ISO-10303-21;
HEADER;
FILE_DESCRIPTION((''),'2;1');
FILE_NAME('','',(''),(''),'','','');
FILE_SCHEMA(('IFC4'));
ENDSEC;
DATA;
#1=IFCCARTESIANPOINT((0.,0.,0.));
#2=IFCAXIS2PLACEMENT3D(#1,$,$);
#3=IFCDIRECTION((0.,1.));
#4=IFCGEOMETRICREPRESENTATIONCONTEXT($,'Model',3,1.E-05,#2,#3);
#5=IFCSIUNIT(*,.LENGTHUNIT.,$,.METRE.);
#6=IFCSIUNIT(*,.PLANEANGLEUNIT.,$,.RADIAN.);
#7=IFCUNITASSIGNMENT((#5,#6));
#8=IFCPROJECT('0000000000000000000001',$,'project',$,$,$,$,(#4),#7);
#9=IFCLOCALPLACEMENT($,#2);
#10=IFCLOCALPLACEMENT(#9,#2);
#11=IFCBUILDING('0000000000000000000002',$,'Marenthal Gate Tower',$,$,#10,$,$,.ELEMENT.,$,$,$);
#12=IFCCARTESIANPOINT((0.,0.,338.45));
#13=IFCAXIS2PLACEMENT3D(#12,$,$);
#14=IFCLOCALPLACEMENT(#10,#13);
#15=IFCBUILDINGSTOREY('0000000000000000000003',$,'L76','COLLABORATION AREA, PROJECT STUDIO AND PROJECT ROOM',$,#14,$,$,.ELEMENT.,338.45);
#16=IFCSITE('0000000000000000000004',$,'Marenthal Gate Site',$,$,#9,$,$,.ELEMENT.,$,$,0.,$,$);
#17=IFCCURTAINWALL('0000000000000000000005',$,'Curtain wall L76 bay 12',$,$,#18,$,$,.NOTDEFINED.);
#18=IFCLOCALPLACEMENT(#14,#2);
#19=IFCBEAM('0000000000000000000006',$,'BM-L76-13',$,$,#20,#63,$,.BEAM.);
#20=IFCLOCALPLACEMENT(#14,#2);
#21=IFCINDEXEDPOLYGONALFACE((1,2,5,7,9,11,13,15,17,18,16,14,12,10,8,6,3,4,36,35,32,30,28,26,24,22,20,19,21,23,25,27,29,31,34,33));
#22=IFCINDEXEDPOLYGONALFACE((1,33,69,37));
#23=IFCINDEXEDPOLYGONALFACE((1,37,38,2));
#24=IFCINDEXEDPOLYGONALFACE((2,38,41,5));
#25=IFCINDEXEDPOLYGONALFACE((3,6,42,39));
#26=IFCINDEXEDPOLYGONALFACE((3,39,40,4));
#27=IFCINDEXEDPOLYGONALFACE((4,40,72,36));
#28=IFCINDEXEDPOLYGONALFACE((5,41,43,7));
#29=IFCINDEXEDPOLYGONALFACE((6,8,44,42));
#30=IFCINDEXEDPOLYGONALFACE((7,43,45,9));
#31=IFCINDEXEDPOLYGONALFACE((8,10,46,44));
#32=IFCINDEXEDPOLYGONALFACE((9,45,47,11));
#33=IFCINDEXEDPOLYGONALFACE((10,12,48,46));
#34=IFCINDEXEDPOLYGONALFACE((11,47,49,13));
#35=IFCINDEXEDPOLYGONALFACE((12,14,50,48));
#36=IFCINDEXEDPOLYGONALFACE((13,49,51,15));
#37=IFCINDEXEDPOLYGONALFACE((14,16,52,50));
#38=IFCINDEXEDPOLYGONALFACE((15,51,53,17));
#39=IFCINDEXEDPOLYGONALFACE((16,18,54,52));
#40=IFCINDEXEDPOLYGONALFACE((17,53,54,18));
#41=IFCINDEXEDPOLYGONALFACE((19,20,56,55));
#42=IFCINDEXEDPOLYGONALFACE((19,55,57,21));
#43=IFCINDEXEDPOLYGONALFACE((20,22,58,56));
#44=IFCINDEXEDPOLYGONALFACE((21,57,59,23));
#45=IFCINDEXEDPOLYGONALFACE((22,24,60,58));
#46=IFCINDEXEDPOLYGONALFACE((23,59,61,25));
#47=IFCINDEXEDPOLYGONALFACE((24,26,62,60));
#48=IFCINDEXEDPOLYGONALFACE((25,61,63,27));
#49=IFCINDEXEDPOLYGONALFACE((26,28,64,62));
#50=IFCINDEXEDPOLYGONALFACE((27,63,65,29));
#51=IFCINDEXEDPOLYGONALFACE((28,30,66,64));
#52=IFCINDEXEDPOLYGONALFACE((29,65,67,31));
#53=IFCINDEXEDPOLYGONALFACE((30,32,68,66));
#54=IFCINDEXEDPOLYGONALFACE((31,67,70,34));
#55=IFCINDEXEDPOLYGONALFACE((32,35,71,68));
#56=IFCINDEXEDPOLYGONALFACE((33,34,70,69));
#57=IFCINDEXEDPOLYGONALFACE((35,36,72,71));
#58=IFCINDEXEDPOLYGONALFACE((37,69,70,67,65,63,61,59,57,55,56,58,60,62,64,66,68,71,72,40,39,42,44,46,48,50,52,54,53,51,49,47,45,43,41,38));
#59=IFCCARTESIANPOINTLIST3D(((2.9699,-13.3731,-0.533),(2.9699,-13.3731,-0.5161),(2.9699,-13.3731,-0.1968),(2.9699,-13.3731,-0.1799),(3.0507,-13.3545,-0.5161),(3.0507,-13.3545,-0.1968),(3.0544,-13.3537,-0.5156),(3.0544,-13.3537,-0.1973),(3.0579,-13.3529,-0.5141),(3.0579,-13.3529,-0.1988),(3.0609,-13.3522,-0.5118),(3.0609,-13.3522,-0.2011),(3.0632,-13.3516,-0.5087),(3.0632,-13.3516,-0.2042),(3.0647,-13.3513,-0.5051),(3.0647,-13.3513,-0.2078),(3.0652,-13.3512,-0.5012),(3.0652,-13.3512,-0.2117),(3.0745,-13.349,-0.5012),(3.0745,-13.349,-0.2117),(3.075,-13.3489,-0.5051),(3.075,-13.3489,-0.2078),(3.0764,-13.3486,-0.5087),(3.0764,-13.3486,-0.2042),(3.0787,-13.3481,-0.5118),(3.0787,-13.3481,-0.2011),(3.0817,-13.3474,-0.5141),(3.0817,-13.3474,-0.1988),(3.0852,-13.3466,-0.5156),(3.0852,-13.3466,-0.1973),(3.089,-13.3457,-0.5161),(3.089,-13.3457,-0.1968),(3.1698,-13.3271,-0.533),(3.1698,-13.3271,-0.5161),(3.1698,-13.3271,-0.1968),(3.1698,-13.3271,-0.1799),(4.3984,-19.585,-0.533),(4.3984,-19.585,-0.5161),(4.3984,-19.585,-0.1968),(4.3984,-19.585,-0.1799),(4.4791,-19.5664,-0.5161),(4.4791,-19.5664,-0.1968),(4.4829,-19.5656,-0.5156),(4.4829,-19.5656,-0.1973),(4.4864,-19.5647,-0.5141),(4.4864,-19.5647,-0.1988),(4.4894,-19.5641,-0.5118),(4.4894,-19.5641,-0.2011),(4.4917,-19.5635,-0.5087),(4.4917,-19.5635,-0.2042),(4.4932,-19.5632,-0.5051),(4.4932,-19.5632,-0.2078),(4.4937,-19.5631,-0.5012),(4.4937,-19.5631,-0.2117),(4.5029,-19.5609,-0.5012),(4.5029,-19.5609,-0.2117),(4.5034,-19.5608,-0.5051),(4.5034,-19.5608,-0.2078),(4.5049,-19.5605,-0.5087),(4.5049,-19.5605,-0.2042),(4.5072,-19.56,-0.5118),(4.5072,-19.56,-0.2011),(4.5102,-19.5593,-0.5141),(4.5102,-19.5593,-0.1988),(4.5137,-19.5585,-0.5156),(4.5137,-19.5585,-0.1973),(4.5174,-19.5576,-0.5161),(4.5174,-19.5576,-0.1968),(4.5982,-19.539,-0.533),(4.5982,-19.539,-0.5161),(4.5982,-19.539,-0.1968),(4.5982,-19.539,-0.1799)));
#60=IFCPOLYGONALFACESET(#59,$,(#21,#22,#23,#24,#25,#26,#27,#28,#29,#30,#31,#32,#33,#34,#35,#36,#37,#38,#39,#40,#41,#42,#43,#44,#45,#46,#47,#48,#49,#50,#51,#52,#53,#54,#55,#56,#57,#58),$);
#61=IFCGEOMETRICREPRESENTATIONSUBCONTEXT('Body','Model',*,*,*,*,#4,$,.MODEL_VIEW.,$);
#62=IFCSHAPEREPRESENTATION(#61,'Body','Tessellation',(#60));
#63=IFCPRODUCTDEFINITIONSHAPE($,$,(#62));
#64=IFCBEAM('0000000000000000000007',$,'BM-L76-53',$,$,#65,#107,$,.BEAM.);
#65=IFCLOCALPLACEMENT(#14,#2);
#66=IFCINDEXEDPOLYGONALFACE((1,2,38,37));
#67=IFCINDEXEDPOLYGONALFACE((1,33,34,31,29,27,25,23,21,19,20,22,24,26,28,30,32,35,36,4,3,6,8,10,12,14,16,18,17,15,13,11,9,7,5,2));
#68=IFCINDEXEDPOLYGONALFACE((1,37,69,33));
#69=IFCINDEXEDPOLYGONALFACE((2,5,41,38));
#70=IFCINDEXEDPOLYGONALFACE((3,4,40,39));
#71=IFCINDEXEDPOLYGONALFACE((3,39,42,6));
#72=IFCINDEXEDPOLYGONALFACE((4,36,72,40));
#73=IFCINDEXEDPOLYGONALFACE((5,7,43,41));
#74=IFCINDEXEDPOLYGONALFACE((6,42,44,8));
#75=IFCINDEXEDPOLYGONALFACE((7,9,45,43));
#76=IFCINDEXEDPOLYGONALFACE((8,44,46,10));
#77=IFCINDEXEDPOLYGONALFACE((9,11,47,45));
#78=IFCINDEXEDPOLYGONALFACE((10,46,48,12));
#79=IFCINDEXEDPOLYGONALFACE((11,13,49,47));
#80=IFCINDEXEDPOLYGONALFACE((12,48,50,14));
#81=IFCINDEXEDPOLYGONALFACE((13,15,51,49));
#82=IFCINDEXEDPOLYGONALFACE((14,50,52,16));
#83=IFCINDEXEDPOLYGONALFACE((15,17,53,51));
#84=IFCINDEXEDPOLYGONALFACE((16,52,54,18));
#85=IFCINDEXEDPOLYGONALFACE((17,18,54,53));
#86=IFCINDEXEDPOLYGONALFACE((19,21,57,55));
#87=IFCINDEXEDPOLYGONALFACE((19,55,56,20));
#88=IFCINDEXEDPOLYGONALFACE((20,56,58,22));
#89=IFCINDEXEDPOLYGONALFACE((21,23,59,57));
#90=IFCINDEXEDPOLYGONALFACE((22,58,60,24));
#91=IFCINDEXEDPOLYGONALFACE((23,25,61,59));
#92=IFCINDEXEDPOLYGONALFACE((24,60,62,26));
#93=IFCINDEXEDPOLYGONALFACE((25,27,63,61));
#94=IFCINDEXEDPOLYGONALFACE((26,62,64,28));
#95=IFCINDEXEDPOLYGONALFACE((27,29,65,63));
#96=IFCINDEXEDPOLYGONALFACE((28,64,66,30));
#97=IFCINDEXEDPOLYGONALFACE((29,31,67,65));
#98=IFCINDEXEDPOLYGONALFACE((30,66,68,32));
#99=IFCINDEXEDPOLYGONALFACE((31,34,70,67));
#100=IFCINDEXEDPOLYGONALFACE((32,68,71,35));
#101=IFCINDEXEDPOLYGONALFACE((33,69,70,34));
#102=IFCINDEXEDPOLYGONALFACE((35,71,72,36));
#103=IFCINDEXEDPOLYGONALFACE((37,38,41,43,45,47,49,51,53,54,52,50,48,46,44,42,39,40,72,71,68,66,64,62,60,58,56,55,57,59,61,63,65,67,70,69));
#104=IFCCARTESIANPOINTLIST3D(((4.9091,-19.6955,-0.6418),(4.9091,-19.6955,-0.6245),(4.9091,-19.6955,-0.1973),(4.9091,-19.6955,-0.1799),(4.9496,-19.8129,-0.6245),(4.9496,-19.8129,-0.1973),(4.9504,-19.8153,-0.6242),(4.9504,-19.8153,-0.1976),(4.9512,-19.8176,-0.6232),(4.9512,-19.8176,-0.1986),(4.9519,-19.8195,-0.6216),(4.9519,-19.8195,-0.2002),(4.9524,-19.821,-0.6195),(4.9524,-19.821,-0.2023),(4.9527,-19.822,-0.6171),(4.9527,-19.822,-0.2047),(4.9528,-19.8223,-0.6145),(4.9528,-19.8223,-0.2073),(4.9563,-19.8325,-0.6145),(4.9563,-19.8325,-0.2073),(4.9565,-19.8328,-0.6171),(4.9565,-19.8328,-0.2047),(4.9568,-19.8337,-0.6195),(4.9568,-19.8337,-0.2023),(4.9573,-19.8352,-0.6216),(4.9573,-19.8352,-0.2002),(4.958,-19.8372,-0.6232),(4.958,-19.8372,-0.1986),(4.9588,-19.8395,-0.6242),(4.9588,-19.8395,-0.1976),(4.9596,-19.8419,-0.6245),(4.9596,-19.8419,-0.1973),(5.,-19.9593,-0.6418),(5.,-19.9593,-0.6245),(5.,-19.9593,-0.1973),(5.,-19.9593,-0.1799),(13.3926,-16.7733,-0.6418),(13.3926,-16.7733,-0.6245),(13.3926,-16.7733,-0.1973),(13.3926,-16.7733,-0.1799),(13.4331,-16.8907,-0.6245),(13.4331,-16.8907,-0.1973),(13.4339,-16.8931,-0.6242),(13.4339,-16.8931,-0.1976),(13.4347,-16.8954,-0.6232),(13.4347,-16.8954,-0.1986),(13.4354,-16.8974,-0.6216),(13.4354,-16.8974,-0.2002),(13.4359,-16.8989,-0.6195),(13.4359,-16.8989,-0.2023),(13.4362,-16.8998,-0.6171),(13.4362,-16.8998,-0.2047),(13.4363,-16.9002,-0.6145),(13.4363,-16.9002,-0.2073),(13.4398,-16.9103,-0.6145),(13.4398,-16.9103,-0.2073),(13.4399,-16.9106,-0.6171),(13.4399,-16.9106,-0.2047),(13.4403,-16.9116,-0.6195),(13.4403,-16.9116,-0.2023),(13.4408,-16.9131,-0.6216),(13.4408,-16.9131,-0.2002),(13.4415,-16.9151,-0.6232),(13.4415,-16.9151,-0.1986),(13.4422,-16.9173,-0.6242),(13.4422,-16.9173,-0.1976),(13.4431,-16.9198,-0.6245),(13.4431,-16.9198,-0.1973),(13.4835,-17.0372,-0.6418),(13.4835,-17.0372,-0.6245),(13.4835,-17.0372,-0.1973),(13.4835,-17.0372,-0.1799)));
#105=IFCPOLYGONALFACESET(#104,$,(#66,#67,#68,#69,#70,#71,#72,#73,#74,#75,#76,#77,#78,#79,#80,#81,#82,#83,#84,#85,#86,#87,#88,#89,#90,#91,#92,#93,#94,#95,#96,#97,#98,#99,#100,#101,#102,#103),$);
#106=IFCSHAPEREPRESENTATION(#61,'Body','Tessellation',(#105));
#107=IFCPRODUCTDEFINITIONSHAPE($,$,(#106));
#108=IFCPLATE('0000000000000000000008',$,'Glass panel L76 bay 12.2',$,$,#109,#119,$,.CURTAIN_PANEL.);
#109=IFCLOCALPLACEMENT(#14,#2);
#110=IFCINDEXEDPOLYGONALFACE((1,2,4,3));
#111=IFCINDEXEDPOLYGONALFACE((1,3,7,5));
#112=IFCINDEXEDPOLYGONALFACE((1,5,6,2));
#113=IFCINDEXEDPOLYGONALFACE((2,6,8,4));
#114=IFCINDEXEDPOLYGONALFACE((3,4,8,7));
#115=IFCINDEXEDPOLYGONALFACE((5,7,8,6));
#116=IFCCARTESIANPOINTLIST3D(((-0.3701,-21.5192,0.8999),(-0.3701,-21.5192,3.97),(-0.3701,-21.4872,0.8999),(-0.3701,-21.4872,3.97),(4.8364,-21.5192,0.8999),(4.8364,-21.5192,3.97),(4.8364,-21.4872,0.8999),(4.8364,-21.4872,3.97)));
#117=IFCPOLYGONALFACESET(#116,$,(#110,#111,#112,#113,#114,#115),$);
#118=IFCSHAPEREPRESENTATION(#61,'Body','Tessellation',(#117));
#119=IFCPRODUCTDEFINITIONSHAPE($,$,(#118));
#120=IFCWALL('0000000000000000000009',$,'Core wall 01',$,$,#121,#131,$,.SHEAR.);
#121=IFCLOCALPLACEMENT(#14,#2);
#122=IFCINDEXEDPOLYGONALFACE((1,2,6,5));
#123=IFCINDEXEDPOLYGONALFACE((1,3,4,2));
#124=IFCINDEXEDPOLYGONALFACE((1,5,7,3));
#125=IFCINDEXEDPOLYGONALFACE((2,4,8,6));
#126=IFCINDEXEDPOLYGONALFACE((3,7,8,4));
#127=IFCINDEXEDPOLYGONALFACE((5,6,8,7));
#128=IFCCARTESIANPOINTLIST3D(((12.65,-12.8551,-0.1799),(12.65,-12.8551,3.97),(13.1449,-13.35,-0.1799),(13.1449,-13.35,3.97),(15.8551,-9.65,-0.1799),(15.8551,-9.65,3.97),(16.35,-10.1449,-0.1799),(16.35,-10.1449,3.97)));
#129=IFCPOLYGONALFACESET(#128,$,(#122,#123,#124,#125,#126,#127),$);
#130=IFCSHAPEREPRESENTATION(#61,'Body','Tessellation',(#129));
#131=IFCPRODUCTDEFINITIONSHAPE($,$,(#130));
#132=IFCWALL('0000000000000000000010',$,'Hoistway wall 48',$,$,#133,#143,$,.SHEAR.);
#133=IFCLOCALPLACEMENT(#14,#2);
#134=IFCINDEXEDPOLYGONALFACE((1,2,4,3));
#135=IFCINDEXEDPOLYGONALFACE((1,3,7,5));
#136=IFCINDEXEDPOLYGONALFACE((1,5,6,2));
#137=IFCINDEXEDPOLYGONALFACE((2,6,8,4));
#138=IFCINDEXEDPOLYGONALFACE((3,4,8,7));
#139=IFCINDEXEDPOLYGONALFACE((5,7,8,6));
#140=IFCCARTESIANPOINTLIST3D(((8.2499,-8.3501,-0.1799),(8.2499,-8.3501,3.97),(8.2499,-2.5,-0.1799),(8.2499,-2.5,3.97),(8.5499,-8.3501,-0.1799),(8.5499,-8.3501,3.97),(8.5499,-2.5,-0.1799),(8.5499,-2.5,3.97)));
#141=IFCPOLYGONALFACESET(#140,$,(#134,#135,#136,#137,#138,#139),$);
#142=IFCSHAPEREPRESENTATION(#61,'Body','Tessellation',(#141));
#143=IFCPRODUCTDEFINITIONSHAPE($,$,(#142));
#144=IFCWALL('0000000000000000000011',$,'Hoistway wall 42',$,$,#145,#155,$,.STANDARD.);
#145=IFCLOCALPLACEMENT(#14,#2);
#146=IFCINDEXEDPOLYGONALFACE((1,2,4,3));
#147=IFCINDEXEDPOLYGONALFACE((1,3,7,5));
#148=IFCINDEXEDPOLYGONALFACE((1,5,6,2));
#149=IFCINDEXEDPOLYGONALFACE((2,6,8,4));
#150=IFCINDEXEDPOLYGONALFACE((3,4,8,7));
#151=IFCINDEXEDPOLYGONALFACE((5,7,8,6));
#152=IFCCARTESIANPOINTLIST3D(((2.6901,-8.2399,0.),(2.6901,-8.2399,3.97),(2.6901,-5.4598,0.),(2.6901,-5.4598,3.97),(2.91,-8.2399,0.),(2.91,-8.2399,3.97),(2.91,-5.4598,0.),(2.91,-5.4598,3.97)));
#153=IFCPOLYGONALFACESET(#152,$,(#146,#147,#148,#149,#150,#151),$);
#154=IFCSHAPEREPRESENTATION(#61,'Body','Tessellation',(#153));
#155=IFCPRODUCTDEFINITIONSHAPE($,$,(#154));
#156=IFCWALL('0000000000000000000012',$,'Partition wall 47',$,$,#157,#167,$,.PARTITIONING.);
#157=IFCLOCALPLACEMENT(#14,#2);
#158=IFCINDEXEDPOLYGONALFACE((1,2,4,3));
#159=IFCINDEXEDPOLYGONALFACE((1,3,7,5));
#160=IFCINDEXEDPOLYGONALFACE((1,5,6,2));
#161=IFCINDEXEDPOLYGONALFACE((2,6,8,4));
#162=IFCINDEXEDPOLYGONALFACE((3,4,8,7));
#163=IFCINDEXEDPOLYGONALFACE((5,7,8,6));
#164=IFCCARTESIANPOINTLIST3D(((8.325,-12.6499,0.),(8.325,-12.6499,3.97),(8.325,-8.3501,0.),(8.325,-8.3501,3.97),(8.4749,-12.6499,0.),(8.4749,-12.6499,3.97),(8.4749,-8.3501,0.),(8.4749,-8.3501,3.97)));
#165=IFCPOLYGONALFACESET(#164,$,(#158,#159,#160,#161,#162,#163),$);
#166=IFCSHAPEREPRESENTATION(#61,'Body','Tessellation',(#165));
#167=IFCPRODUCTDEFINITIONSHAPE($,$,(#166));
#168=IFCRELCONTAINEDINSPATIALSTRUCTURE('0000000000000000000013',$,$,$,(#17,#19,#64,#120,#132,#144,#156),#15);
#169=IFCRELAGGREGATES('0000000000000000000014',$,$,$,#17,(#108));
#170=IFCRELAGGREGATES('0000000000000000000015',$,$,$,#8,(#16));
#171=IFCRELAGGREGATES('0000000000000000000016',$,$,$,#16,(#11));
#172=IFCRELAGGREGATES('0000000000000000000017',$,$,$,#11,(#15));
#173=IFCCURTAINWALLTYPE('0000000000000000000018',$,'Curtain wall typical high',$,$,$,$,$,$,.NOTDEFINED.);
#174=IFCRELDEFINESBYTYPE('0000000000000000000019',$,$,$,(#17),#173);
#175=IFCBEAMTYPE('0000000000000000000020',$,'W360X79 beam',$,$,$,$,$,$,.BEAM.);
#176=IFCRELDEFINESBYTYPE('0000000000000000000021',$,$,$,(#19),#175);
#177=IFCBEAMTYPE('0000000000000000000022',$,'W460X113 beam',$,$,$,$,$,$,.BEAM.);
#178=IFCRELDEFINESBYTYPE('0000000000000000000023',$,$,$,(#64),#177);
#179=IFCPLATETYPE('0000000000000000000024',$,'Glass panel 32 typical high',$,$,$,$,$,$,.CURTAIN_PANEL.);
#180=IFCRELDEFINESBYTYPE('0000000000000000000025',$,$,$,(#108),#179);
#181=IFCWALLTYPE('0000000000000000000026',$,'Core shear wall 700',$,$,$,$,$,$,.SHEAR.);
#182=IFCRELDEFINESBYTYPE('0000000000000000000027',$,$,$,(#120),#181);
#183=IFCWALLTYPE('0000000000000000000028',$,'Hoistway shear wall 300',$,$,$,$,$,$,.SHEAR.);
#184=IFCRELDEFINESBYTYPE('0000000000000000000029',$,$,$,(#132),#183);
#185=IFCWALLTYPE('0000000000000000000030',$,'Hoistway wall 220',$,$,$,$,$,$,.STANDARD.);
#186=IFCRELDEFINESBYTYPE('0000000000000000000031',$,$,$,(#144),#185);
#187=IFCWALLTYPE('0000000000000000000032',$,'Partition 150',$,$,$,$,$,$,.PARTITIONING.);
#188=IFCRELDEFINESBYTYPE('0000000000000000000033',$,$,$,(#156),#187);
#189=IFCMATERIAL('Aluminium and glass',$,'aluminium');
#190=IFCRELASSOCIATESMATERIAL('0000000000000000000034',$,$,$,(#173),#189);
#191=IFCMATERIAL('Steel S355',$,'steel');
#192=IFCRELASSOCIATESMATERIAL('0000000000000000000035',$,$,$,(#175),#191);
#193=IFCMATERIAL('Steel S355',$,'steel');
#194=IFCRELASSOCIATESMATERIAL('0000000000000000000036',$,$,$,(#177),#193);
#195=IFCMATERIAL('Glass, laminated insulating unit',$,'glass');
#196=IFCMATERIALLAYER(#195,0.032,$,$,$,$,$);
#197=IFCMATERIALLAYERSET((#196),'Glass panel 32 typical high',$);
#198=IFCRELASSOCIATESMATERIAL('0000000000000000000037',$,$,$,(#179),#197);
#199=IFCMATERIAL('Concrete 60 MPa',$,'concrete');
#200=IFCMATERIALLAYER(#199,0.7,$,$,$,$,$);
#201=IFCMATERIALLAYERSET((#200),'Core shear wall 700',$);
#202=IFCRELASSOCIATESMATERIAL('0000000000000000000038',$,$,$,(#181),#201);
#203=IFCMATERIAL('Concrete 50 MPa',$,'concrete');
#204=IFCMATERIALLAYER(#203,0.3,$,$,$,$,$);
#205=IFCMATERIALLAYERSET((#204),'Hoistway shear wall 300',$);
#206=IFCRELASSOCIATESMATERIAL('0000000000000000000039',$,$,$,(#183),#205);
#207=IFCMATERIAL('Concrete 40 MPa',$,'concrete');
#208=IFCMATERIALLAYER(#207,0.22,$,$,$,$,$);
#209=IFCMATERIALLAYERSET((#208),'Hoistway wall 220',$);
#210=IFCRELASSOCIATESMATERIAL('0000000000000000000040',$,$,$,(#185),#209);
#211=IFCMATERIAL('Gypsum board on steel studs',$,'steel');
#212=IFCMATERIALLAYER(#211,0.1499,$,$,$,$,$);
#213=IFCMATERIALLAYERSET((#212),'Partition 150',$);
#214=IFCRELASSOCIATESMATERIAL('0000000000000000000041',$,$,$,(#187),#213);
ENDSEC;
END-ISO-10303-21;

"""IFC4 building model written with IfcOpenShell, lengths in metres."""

from ifc_helpers import new_model, si_unit, direction, frame, frame_2d, origin, origin_2d, place, context, subcontext, project, spatial, rectangle, i_section, extrude, material, layer, layer_set, material_profile, profile_set, type_object, element, aggregate, save


model = new_model("IFC4")

# Units and contexts
model_context = context("Model", 3, precision=1e-05, world=origin(), true_north=direction((0.0, 1.0)))
body_context = subcontext(model_context, "Body", "Model", "MODEL_VIEW")
ifc_project = project(units=[si_unit("LENGTHUNIT", "METRE"), si_unit("PLANEANGLEUNIT", "RADIAN")], contexts=[model_context])

# Site, building, storey
site_placement = place(None, origin())
site = spatial("IfcSite", under=ifc_project, at=site_placement, Name="Marenthal Gate Site", CompositionType="ELEMENT", RefElevation=0.0)
building_placement = place(site_placement, origin())
building = spatial("IfcBuilding", under=site, at=building_placement, Name="Marenthal Gate Tower", CompositionType="ELEMENT")
storey_placement = place(building_placement, frame((0.0, 0.0, 338.45)))
storey = spatial("IfcBuildingStorey", under=building, at=storey_placement, Name="L76", Description="COLLABORATION AREA, PROJECT STUDIO AND PROJECT ROOM", CompositionType="ELEMENT", Elevation=338.45)

# Curtain wall
ifc_material_1 = material(Name="Aluminium and glass", Category="aluminium")
curtain_wall_type = type_object("IfcCurtainWallType", Name="Curtain wall typical high", PredefinedType="NOTDEFINED", material=ifc_material_1)
curtain_wall_placement = place(storey_placement, origin())
curtain_wall = element("IfcCurtainWall", 1, at=curtain_wall_placement, inside=storey, type_object=curtain_wall_type, Name="Curtain wall L76 bay 12", PredefinedType="NOTDEFINED")

# Beams
ifc_material_2 = material(Name="Steel S355", Category="steel")
ifc_material_profile_1 = material_profile(ifc_material_2, i_section(OverallWidth=0.2051, OverallDepth=0.353, WebThickness=0.0095, FlangeThickness=0.0168, FilletRadius=0.0149, at=origin_2d()), Name="W360X79")
ifc_profile_set_1 = profile_set([ifc_material_profile_1], Name="Steel S355")
beam_type_1 = type_object("IfcBeamType", Name="W360X79 beam", PredefinedType="BEAM", material=ifc_profile_set_1)
beam_1_placement = place(storey_placement, frame((4.4983, -19.562, -0.3564), z_axis=(-0.224107, 0.974565, 0.0), x_axis=(-0.974565, -0.224107, 0.0)))
element("IfcBeam", 2, at=beam_1_placement, inside=storey, type_object=beam_type_1, Name="BM-L76-13", PredefinedType="BEAM", context=body_context, shape_type="SweptSolid", body=[
    extrude(i_section(OverallWidth=0.2051, OverallDepth=0.353, WebThickness=0.0095, FlangeThickness=0.0168, FilletRadius=0.0149, at=origin_2d()), origin(), (0.0, 0.0, 1.0), 6.374),
])
ifc_material_3 = material(Name="Steel S355", Category="steel")
ifc_material_profile_2 = material_profile(ifc_material_3, i_section(OverallWidth=0.2791, OverallDepth=0.4619, WebThickness=0.0107, FlangeThickness=0.0173, FilletRadius=0.01, at=origin_2d()), Name="W460X113")
ifc_profile_set_2 = profile_set([ifc_material_profile_2], Name="Steel S355")
beam_type_2 = type_object("IfcBeamType", Name="W460X113 beam", PredefinedType="BEAM", material=ifc_profile_set_2)
beam_2_placement = place(storey_placement, frame((4.9546, -19.8274, -0.4109), z_axis=(0.945483, 0.325673, 0.0), x_axis=(-0.325673, 0.945483, 0.0)))
element("IfcBeam", 3, at=beam_2_placement, inside=storey, type_object=beam_type_2, Name="BM-L76-53", PredefinedType="BEAM", context=body_context, shape_type="SweptSolid", body=[
    extrude(i_section(OverallWidth=0.2791, OverallDepth=0.4619, WebThickness=0.0107, FlangeThickness=0.0173, FilletRadius=0.01, at=origin_2d()), origin(), (0.0, 0.0, 1.0), 8.9727),
])

# Plate
ifc_material_4 = material(Name="Glass, laminated insulating unit", Category="glass")
ifc_layer_1 = layer(ifc_material_4, 0.032)
ifc_layer_set_1 = layer_set([ifc_layer_1], Name="Glass panel 32 typical high")
plate_type = type_object("IfcPlateType", Name="Glass panel 32 typical high", PredefinedType="CURTAIN_PANEL", material=ifc_layer_set_1)
plate_placement = place(storey_placement, frame((2.2332, -21.5032, 0.8999), z_axis=(0.0, 0.0, 1.0), x_axis=(1.0, 0.0, 0.0)))
plate = element("IfcPlate", 4, at=plate_placement, type_object=plate_type, Name="Glass panel L76 bay 12.2", PredefinedType="CURTAIN_PANEL", context=body_context, shape_type="SweptSolid", body=[
    extrude(rectangle(XDim=5.2065, YDim=0.032, at=origin_2d()), origin(), (0.0, 0.0, 1.0), 3.0701),
])
aggregate(curtain_wall, [plate])

# Walls
ifc_material_5 = material(Name="Concrete 60 MPa", Category="concrete")
ifc_layer_2 = layer(ifc_material_5, 0.7)
ifc_layer_set_2 = layer_set([ifc_layer_2], Name="Core shear wall 700")
wall_type_1 = type_object("IfcWallType", Name="Core shear wall 700", PredefinedType="SHEAR", material=ifc_layer_set_2)
wall_1_placement = place(storey_placement, frame((12.8975, -13.1025, -0.1799), z_axis=(0.0, 0.0, 1.0), x_axis=(0.707107, 0.707107, 0.0)))
element("IfcWall", 5, at=wall_1_placement, inside=storey, type_object=wall_type_1, Name="Core wall 01", PredefinedType="SHEAR", context=body_context, shape_type="SweptSolid", body=[
    extrude(rectangle(XDim=4.5327, YDim=0.7, at=frame_2d((2.2664, 0.0))), origin(), (0.0, 0.0, 1.0), 4.1499),
])
ifc_material_6 = material(Name="Concrete 50 MPa", Category="concrete")
ifc_layer_3 = layer(ifc_material_6, 0.3)
ifc_layer_set_3 = layer_set([ifc_layer_3], Name="Hoistway shear wall 300")
wall_type_2 = type_object("IfcWallType", Name="Hoistway shear wall 300", PredefinedType="SHEAR", material=ifc_layer_set_3)
wall_2_placement = place(storey_placement, frame((8.3999, -8.3501, -0.1799), z_axis=(0.0, 0.0, 1.0), x_axis=(0.0, 1.0, 0.0)))
element("IfcWall", 6, at=wall_2_placement, inside=storey, type_object=wall_type_2, Name="Hoistway wall 48", PredefinedType="SHEAR", context=body_context, shape_type="SweptSolid", body=[
    extrude(rectangle(XDim=5.8501, YDim=0.3, at=frame_2d((2.925, 0.0))), origin(), (0.0, 0.0, 1.0), 4.1499),
])
ifc_material_7 = material(Name="Concrete 40 MPa", Category="concrete")
ifc_layer_4 = layer(ifc_material_7, 0.22)
ifc_layer_set_4 = layer_set([ifc_layer_4], Name="Hoistway wall 220")
wall_type_3 = type_object("IfcWallType", Name="Hoistway wall 220", PredefinedType="STANDARD", material=ifc_layer_set_4)
wall_3_placement = place(storey_placement, frame((2.8, -8.24, 0.0), z_axis=(0.0, 0.0, 1.0), x_axis=(0.0, 1.0, 0.0)))
element("IfcWall", 7, at=wall_3_placement, inside=storey, type_object=wall_type_3, Name="Hoistway wall 42", PredefinedType="STANDARD", context=body_context, shape_type="SweptSolid", body=[
    extrude(rectangle(XDim=2.78, YDim=0.22, at=frame_2d((1.3901, 0.0))), origin(), (0.0, 0.0, 1.0), 3.97),
])
ifc_material_8 = material(Name="Gypsum board on steel studs", Category="steel")
ifc_layer_5 = layer(ifc_material_8, 0.1499)
ifc_layer_set_5 = layer_set([ifc_layer_5], Name="Partition 150")
wall_type_4 = type_object("IfcWallType", Name="Partition 150", PredefinedType="PARTITIONING", material=ifc_layer_set_5)
wall_4_placement = place(storey_placement, frame((8.3999, -12.6499, 0.0), z_axis=(0.0, 0.0, 1.0), x_axis=(0.0, 1.0, 0.0)))
element("IfcWall", 8, at=wall_4_placement, inside=storey, type_object=wall_type_4, Name="Partition wall 47", PredefinedType="PARTITIONING", context=body_context, shape_type="SweptSolid", body=[
    extrude(rectangle(XDim=4.2998, YDim=0.1499, at=frame_2d((2.1499, 0.0))), origin(), (0.0, 0.0, 1.0), 3.97),
])

save(model, "model.ifc")
